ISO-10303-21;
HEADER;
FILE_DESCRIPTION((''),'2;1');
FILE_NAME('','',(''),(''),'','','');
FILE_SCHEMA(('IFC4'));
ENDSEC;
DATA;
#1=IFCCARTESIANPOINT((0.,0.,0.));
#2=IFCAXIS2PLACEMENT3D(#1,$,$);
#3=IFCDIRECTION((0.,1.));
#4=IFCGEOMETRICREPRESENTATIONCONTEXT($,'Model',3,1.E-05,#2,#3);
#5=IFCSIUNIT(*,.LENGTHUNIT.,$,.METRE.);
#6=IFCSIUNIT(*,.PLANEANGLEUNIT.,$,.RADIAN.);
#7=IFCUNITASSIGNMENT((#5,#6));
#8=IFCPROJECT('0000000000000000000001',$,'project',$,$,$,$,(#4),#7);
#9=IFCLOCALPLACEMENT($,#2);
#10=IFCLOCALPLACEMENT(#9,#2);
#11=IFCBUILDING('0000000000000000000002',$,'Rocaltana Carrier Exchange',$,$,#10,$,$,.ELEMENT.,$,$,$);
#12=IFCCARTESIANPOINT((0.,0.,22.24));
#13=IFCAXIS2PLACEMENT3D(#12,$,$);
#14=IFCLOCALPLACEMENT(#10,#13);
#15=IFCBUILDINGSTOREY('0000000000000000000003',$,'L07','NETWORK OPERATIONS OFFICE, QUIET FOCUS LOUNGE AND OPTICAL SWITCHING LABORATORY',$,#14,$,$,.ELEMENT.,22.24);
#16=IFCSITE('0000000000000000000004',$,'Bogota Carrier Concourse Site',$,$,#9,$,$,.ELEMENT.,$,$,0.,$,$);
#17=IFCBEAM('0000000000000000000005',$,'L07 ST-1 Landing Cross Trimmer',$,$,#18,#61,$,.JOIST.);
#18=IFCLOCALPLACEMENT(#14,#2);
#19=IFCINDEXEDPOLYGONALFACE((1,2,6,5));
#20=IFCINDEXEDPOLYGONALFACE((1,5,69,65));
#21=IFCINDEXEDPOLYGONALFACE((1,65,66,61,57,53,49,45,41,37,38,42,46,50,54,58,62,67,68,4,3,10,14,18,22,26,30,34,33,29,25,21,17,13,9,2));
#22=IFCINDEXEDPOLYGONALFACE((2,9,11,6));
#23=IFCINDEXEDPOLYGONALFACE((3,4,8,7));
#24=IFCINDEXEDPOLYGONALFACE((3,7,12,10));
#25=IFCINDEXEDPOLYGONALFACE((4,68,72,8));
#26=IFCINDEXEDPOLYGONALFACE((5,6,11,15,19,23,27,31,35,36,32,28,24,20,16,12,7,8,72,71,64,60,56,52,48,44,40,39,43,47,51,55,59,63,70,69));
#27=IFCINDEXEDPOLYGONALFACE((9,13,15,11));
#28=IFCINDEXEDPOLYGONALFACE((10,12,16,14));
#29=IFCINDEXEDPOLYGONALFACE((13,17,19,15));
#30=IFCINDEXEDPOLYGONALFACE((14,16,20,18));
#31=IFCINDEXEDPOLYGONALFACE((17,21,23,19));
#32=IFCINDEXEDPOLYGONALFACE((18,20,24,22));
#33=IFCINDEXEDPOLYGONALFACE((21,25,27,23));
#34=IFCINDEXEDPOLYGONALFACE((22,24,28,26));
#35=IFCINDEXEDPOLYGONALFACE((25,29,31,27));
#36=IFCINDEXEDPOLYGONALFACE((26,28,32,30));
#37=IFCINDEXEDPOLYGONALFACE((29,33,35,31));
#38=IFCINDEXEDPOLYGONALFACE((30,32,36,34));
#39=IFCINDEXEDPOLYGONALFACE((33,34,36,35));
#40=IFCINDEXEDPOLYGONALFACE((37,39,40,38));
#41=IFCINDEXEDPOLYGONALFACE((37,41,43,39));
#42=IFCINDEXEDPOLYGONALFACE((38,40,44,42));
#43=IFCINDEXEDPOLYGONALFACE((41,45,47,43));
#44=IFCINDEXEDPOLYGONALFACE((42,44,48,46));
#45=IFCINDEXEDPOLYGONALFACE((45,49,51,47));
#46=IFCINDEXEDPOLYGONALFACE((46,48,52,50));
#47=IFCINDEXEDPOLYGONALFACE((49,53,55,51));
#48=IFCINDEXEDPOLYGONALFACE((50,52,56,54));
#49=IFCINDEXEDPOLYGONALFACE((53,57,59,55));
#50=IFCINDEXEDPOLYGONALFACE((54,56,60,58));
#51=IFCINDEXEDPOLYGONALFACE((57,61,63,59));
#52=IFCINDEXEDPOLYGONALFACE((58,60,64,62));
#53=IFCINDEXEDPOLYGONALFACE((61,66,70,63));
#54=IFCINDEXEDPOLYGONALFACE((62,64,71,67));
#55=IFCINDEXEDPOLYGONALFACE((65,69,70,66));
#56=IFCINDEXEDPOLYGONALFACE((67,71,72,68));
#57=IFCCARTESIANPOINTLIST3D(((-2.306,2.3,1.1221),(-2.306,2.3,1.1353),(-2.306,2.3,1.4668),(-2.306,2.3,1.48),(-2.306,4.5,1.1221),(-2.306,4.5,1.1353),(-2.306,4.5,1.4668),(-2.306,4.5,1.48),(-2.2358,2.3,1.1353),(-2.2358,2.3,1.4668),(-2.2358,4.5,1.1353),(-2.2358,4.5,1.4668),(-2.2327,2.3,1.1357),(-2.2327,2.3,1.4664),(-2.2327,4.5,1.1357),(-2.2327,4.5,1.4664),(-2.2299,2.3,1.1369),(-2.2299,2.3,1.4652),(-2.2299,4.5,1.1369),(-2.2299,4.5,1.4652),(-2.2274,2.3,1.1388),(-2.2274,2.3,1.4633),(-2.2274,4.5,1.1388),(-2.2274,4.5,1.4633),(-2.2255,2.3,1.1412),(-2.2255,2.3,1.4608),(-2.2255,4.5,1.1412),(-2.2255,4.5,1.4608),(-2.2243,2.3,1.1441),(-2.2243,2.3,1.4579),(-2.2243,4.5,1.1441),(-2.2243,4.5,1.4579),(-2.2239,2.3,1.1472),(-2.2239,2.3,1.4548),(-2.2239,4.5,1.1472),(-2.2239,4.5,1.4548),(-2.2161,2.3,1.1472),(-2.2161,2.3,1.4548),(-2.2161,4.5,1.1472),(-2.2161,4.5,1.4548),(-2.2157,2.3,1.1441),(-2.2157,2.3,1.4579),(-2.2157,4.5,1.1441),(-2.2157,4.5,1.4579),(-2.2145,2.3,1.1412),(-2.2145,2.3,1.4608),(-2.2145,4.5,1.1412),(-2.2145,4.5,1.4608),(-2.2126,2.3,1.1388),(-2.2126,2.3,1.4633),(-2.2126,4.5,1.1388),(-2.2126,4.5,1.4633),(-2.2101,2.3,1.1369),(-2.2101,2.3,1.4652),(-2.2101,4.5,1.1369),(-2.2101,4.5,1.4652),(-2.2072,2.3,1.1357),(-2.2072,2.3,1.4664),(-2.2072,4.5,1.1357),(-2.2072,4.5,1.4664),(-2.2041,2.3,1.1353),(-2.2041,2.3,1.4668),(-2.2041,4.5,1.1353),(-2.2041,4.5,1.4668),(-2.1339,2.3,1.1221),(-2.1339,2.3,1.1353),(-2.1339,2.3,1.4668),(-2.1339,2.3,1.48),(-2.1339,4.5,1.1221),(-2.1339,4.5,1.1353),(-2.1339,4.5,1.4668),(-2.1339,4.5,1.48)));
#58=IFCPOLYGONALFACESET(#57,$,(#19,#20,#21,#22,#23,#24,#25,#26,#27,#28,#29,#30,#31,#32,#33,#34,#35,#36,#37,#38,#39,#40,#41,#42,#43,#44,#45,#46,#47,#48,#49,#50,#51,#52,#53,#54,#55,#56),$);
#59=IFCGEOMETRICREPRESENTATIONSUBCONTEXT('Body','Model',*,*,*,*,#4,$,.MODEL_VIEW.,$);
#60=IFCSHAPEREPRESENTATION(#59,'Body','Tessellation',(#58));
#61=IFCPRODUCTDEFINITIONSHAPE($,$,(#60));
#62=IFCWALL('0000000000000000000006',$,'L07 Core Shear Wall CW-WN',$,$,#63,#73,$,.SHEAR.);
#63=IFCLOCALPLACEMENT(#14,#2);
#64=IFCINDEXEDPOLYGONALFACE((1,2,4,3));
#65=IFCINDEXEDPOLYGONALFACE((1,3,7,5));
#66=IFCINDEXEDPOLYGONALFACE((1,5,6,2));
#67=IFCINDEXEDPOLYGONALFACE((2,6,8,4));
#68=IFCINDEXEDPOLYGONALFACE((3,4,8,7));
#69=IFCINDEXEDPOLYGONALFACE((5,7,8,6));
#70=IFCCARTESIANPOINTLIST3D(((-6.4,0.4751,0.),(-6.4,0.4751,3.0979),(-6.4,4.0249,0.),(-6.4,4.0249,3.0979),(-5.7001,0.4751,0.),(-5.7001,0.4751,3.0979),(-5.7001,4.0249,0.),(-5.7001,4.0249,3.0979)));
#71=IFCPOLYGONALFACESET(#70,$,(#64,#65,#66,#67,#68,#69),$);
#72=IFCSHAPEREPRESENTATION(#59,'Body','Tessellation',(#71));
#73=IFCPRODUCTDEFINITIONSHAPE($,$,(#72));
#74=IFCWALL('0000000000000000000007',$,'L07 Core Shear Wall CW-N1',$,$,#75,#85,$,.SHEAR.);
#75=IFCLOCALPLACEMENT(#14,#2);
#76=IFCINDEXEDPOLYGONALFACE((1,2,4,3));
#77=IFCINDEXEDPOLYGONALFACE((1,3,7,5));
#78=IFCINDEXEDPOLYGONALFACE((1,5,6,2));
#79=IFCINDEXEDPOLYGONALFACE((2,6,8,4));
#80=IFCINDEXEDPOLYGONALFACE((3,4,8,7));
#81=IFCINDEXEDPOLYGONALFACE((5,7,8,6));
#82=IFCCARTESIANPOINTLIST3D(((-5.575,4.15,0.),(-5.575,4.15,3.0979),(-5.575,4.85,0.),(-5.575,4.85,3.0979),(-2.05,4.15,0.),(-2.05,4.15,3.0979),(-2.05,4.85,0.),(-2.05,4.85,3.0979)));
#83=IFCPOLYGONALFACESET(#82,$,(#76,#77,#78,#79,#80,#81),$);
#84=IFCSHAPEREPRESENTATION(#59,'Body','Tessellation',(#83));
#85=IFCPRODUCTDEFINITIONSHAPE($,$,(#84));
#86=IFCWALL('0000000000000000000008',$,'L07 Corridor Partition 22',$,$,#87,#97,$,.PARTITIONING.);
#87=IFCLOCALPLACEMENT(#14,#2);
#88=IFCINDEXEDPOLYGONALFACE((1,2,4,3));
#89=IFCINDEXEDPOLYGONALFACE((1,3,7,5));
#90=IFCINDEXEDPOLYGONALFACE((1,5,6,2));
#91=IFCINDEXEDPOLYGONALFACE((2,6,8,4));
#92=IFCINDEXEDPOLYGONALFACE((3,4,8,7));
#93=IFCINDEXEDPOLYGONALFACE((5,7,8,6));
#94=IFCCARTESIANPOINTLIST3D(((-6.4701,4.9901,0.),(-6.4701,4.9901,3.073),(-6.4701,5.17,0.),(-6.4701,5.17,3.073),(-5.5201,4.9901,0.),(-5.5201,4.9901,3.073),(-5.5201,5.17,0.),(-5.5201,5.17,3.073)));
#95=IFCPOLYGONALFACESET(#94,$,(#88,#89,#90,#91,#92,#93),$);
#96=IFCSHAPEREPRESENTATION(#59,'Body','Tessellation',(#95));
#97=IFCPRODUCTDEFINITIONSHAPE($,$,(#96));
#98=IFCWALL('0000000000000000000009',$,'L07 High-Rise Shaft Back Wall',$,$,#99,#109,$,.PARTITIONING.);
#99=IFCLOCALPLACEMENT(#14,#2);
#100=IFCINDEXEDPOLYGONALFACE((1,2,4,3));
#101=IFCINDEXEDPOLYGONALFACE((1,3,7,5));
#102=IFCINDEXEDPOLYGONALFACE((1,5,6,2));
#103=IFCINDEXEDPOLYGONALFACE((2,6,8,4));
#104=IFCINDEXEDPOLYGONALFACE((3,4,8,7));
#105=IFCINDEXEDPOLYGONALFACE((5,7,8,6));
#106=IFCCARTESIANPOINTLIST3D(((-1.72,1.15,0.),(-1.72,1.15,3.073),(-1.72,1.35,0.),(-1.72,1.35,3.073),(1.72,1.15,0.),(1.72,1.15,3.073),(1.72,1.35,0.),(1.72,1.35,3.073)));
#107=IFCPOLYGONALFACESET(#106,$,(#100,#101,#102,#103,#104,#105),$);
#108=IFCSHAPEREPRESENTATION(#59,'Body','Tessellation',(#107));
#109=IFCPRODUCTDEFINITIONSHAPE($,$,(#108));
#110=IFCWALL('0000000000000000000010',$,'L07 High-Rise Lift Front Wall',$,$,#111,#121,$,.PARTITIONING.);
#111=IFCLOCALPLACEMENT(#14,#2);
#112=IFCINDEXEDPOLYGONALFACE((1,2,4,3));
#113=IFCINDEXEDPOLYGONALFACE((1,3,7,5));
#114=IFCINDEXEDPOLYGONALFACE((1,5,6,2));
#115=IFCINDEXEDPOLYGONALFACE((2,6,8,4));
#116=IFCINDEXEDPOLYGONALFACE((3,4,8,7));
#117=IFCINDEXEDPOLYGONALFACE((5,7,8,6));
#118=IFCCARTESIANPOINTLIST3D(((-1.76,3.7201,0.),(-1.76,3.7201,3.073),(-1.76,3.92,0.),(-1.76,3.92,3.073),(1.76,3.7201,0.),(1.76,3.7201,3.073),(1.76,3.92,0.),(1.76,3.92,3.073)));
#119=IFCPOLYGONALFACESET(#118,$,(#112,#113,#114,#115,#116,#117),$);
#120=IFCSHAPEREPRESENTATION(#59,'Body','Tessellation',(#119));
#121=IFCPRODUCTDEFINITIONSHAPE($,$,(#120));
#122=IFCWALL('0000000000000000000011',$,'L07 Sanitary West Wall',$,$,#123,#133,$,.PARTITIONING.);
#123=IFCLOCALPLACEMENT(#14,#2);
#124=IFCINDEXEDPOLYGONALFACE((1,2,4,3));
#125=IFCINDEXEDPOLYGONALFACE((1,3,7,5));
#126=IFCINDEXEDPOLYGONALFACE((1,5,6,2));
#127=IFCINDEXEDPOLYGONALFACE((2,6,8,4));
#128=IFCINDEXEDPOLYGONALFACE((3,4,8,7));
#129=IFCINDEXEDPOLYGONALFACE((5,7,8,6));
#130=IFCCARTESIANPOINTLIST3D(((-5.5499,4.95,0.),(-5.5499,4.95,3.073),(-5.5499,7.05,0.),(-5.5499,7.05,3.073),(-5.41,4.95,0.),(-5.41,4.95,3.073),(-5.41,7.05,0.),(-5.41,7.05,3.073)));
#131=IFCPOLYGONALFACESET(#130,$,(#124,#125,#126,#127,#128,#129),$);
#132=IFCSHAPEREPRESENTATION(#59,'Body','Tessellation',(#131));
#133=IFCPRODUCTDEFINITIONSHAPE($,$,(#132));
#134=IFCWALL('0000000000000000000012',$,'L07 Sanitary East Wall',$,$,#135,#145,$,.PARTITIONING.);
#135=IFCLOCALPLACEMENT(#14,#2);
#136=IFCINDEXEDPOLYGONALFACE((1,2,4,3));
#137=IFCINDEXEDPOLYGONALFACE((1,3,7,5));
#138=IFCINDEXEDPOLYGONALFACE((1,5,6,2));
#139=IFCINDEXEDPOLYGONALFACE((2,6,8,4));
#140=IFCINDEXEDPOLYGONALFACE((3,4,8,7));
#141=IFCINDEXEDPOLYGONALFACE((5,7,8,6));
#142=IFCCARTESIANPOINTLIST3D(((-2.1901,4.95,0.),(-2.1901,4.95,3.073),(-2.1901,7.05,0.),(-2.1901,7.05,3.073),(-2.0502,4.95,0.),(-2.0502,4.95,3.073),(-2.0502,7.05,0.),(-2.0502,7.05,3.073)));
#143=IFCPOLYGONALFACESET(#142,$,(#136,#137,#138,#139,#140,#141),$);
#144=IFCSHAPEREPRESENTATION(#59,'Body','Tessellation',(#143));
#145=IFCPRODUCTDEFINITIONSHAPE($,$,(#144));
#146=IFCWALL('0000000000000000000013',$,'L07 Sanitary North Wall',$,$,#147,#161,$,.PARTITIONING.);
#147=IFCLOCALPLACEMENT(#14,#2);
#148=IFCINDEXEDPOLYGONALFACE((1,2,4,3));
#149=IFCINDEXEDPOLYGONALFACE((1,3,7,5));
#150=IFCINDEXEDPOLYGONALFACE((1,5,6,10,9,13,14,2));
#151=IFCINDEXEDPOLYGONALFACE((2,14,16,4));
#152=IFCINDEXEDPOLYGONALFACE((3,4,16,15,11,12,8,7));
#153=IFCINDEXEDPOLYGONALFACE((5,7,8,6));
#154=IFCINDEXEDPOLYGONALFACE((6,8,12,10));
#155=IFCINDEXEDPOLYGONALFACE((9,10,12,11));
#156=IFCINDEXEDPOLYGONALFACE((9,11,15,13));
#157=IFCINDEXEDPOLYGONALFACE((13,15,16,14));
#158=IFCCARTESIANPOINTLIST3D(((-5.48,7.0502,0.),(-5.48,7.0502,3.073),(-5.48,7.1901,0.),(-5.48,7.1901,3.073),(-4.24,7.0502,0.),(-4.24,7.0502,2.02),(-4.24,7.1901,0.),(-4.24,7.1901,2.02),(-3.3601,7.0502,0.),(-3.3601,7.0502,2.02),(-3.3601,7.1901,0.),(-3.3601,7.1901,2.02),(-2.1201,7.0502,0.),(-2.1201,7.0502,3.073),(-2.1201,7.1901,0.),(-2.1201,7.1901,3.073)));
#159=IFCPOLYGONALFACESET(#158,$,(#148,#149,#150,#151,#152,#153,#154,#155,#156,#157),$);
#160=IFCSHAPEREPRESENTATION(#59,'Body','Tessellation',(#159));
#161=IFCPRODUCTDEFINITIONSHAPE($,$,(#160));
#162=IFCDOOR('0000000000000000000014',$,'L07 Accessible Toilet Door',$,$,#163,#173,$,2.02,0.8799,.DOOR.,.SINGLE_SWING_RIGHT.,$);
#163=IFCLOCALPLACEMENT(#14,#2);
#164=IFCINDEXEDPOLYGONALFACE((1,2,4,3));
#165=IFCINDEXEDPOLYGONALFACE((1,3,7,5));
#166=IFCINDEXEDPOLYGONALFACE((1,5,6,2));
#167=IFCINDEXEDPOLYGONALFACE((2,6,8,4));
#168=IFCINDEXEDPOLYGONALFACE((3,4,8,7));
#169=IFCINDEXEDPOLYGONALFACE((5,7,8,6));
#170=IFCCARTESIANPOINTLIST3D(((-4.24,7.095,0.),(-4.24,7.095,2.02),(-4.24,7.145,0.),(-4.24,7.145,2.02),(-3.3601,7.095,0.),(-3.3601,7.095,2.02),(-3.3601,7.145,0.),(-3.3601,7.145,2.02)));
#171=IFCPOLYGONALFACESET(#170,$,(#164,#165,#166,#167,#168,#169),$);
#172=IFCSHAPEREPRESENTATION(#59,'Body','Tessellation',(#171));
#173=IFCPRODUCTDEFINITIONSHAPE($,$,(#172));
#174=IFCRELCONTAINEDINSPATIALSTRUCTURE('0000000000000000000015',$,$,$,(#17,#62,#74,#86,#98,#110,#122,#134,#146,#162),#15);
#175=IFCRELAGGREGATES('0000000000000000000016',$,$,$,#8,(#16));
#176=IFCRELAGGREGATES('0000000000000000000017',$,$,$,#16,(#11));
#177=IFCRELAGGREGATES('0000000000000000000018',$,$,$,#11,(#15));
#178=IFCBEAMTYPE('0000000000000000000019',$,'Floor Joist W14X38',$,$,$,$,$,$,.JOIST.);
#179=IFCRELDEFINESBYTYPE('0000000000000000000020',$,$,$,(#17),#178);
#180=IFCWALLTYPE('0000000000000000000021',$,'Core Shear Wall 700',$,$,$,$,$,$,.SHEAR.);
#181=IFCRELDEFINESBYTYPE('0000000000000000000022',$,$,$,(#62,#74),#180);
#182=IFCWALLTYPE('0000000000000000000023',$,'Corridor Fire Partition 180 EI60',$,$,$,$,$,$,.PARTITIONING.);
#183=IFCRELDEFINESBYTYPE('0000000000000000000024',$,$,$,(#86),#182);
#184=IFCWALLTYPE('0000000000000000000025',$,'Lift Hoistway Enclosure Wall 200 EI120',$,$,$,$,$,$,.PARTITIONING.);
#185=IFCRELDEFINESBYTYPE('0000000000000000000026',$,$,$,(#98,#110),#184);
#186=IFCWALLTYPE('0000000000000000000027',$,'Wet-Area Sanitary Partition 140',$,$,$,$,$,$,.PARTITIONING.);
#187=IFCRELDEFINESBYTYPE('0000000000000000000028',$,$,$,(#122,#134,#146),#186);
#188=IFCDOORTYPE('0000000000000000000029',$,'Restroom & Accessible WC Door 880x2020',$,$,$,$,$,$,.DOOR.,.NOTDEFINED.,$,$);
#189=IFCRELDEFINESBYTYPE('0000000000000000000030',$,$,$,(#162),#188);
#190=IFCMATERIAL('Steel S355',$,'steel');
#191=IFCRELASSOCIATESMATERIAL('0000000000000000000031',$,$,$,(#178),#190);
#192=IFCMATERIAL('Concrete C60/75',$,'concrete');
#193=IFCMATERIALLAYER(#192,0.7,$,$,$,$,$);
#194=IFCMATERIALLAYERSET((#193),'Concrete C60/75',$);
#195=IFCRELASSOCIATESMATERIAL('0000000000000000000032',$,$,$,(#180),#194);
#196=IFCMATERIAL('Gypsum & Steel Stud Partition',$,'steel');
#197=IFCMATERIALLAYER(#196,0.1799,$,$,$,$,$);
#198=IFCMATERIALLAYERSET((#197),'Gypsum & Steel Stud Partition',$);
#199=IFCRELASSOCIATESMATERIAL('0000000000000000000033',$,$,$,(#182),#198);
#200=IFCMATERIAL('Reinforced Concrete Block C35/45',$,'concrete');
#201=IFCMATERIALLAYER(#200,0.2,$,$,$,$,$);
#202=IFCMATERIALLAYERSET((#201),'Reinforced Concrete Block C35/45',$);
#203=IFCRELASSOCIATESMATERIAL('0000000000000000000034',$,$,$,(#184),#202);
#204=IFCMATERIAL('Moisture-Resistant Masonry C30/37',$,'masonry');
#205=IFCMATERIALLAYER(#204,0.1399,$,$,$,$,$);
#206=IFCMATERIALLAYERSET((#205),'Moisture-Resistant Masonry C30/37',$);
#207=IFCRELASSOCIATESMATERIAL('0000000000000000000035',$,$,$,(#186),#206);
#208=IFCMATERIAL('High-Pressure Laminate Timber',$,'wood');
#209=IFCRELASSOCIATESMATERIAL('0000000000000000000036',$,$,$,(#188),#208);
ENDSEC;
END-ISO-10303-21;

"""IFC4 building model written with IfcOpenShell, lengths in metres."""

from ifc_helpers import new_model, si_unit, direction, frame, frame_2d, origin, origin_2d, place, context, subcontext, project, spatial, rectangle, i_section, extrude, material, layer, layer_set, material_profile, profile_set, type_object, element, fill, save


model = new_model("IFC4")

# Units and contexts
model_context = context("Model", 3, precision=1e-05, world=origin(), true_north=direction((0.0, 1.0)))
body_context = subcontext(model_context, "Body", "Model", "MODEL_VIEW")
ifc_project = project(units=[si_unit("LENGTHUNIT", "METRE"), si_unit("PLANEANGLEUNIT", "RADIAN")], contexts=[model_context])

# Site, building, storey
site_placement = place(None, origin())
site = spatial("IfcSite", under=ifc_project, at=site_placement, Name="Bogota Carrier Concourse Site", CompositionType="ELEMENT", RefElevation=0.0)
building_placement = place(site_placement, origin())
building = spatial("IfcBuilding", under=site, at=building_placement, Name="Rocaltana Carrier Exchange", CompositionType="ELEMENT")
storey_placement = place(building_placement, frame((0.0, 0.0, 22.24)))
storey = spatial("IfcBuildingStorey", under=building, at=storey_placement, Name="L07", Description="NETWORK OPERATIONS OFFICE, QUIET FOCUS LOUNGE AND OPTICAL SWITCHING LABORATORY", CompositionType="ELEMENT", Elevation=22.24)

# Beam
ifc_material_1 = material(Name="Steel S355", Category="steel")
ifc_material_profile_1 = material_profile(ifc_material_1, i_section(OverallWidth=0.1721, OverallDepth=0.3579, WebThickness=0.0078, FlangeThickness=0.0132, FilletRadius=0.012, at=origin_2d()), Name="W14X38")
ifc_profile_set_1 = profile_set([ifc_material_profile_1], Name="Steel S355")
beam_type_1 = type_object("IfcBeamType", Name="Floor Joist W14X38", PredefinedType="JOIST", material=ifc_profile_set_1)
beam_1_placement = place(storey_placement, frame((-2.22, 2.3, 1.301), z_axis=(0.0, 1.0, 0.0), x_axis=(-1.0, 0.0, 0.0)))
element("IfcBeam", 1, at=beam_1_placement, inside=storey, type_object=beam_type_1, Name="L07 ST-1 Landing Cross Trimmer", PredefinedType="JOIST", context=body_context, shape_type="SweptSolid", body=[
    extrude(i_section(OverallWidth=0.1721, OverallDepth=0.3579, WebThickness=0.0078, FlangeThickness=0.0132, FilletRadius=0.012, at=origin_2d()), origin(), (0.0, 0.0, 1.0), 2.2),
])

# Walls
ifc_material_2 = material(Name="Concrete C60/75", Category="concrete")
ifc_layer_1 = layer(ifc_material_2, 0.7)
ifc_layer_set_1 = layer_set([ifc_layer_1], Name="Concrete C60/75")
wall_type_1 = type_object("IfcWallType", Name="Core Shear Wall 700", PredefinedType="SHEAR", material=ifc_layer_set_1)
wall_1_placement = place(storey_placement, frame((-6.05, 0.4751, 0.0), z_axis=(0.0, 0.0, 1.0), x_axis=(0.0, 1.0, 0.0)))
element("IfcWall", 2, at=wall_1_placement, inside=storey, type_object=wall_type_1, Name="L07 Core Shear Wall CW-WN", PredefinedType="SHEAR", context=body_context, shape_type="SweptSolid", body=[
    extrude(rectangle(XDim=3.5498, YDim=0.7, at=frame_2d((1.7749, 0.0))), origin(), (0.0, 0.0, 1.0), 3.0979),
])
wall_2_placement = place(storey_placement, frame((-5.575, 4.5, 0.0), z_axis=(0.0, 0.0, 1.0), x_axis=(1.0, 0.0, 0.0)))
element("IfcWall", 3, at=wall_2_placement, inside=storey, type_object=wall_type_1, Name="L07 Core Shear Wall CW-N1", PredefinedType="SHEAR", context=body_context, shape_type="SweptSolid", body=[
    extrude(rectangle(XDim=3.5249, YDim=0.7, at=frame_2d((1.7625, 0.0))), origin(), (0.0, 0.0, 1.0), 3.0979),
])
ifc_material_3 = material(Name="Gypsum & Steel Stud Partition", Category="steel")
ifc_layer_2 = layer(ifc_material_3, 0.1799)
ifc_layer_set_2 = layer_set([ifc_layer_2], Name="Gypsum & Steel Stud Partition")
wall_type_2 = type_object("IfcWallType", Name="Corridor Fire Partition 180 EI60", PredefinedType="PARTITIONING", material=ifc_layer_set_2)
wall_3_placement = place(storey_placement, frame((-5.52, 5.0801, 0.0), z_axis=(0.0, 0.0, 1.0), x_axis=(-1.0, 0.0, 0.0)))
element("IfcWall", 4, at=wall_3_placement, inside=storey, type_object=wall_type_2, Name="L07 Corridor Partition 22", PredefinedType="PARTITIONING", context=body_context, shape_type="SweptSolid", body=[
    extrude(rectangle(XDim=0.95, YDim=0.1799, at=frame_2d((0.4751, 0.0))), origin(), (0.0, 0.0, 1.0), 3.073),
])
ifc_material_4 = material(Name="Reinforced Concrete Block C35/45", Category="concrete")
ifc_layer_3 = layer(ifc_material_4, 0.2)
ifc_layer_set_3 = layer_set([ifc_layer_3], Name="Reinforced Concrete Block C35/45")
wall_type_3 = type_object("IfcWallType", Name="Lift Hoistway Enclosure Wall 200 EI120", PredefinedType="PARTITIONING", material=ifc_layer_set_3)
wall_4_placement = place(storey_placement, frame((-1.72, 1.25, 0.0), z_axis=(0.0, 0.0, 1.0), x_axis=(1.0, 0.0, 0.0)))
element("IfcWall", 5, at=wall_4_placement, inside=storey, type_object=wall_type_3, Name="L07 High-Rise Shaft Back Wall", PredefinedType="PARTITIONING", context=body_context, shape_type="SweptSolid", body=[
    extrude(rectangle(XDim=3.4399, YDim=0.2, at=frame_2d((1.72, 0.0))), origin(), (0.0, 0.0, 1.0), 3.073),
])
wall_5_placement = place(storey_placement, frame((-1.76, 3.8201, 0.0), z_axis=(0.0, 0.0, 1.0), x_axis=(1.0, 0.0, 0.0)))
element("IfcWall", 6, at=wall_5_placement, inside=storey, type_object=wall_type_3, Name="L07 High-Rise Lift Front Wall", PredefinedType="PARTITIONING", context=body_context, shape_type="SweptSolid", body=[
    extrude(rectangle(XDim=3.52, YDim=0.2, at=frame_2d((1.76, 0.0))), origin(), (0.0, 0.0, 1.0), 3.073),
])
ifc_material_5 = material(Name="Moisture-Resistant Masonry C30/37", Category="masonry")
ifc_layer_4 = layer(ifc_material_5, 0.1399)
ifc_layer_set_4 = layer_set([ifc_layer_4], Name="Moisture-Resistant Masonry C30/37")
wall_type_4 = type_object("IfcWallType", Name="Wet-Area Sanitary Partition 140", PredefinedType="PARTITIONING", material=ifc_layer_set_4)
for number, where, z_axis, x_axis, name in (
    (7, (-5.48, 4.95, 0.0), (0.0, 0.0, 1.0), (0.0, 1.0, 0.0), "L07 Sanitary West Wall"),
    (8, (-2.1201, 4.95, 0.0), (0.0, 0.0, 1.0), (0.0, 1.0, 0.0), "L07 Sanitary East Wall"),
):
    element("IfcWall", number, at=place(storey_placement, frame(where, z_axis=z_axis, x_axis=x_axis)), inside=storey, type_object=wall_type_4, Name=name, PredefinedType="PARTITIONING", context=body_context, shape_type="SweptSolid", body=[
        extrude(rectangle(XDim=2.1001, YDim=0.1399, at=frame_2d((1.05, 0.0))), origin(), (0.0, 0.0, 1.0), 3.073),
    ])

# Wall, opening, door
wall_6_placement = place(storey_placement, frame((-5.48, 7.1201, 0.0), z_axis=(0.0, 0.0, 1.0), x_axis=(1.0, 0.0, 0.0)))
wall_6 = element("IfcWall", 9, at=wall_6_placement, inside=storey, type_object=wall_type_4, Name="L07 Sanitary North Wall", PredefinedType="PARTITIONING", context=body_context, shape_type="SweptSolid", body=[
    extrude(rectangle(XDim=3.3599, YDim=0.1399, at=frame_2d((1.6799, 0.0))), origin(), (0.0, 0.0, 1.0), 3.073),
])
opening_placement = place(wall_6_placement, frame((1.24, 0.0, 0.0)))
opening = element("IfcOpeningElement", 10, at=opening_placement, cuts=wall_6, PredefinedType="OPENING", context=body_context, shape_type="SweptSolid", body=[
    extrude(rectangle(XDim=0.8799, YDim=2.02, at=frame_2d((0.4399, 1.01))), frame((0.0, 0.0798, 0.0), z_axis=(0.0, -1.0, 0.0), x_axis=(1.0, 0.0, 0.0)), (0.0, 0.0, 1.0), 0.1599),
])
ifc_material_6 = material(Name="High-Pressure Laminate Timber", Category="wood")
door_type = type_object("IfcDoorType", Name="Restroom & Accessible WC Door 880x2020", OperationType="NOTDEFINED", PredefinedType="DOOR", material=ifc_material_6)
door_placement = place(opening_placement, origin())
door = element("IfcDoor", 11, at=door_placement, inside=storey, type_object=door_type, Name="L07 Accessible Toilet Door", OperationType="SINGLE_SWING_RIGHT", OverallHeight=2.02, OverallWidth=0.8799, PredefinedType="DOOR", context=body_context, shape_type="SweptSolid", body=[
    extrude(rectangle(XDim=0.8799, YDim=2.02, at=frame_2d((0.4399, 1.01))), frame((0.0, 0.0249, 0.0), z_axis=(0.0, -1.0, 0.0), x_axis=(1.0, 0.0, 0.0)), (0.0, 0.0, 1.0), 0.05),
])
fill(opening, door)

save(model, "model.ifc")
